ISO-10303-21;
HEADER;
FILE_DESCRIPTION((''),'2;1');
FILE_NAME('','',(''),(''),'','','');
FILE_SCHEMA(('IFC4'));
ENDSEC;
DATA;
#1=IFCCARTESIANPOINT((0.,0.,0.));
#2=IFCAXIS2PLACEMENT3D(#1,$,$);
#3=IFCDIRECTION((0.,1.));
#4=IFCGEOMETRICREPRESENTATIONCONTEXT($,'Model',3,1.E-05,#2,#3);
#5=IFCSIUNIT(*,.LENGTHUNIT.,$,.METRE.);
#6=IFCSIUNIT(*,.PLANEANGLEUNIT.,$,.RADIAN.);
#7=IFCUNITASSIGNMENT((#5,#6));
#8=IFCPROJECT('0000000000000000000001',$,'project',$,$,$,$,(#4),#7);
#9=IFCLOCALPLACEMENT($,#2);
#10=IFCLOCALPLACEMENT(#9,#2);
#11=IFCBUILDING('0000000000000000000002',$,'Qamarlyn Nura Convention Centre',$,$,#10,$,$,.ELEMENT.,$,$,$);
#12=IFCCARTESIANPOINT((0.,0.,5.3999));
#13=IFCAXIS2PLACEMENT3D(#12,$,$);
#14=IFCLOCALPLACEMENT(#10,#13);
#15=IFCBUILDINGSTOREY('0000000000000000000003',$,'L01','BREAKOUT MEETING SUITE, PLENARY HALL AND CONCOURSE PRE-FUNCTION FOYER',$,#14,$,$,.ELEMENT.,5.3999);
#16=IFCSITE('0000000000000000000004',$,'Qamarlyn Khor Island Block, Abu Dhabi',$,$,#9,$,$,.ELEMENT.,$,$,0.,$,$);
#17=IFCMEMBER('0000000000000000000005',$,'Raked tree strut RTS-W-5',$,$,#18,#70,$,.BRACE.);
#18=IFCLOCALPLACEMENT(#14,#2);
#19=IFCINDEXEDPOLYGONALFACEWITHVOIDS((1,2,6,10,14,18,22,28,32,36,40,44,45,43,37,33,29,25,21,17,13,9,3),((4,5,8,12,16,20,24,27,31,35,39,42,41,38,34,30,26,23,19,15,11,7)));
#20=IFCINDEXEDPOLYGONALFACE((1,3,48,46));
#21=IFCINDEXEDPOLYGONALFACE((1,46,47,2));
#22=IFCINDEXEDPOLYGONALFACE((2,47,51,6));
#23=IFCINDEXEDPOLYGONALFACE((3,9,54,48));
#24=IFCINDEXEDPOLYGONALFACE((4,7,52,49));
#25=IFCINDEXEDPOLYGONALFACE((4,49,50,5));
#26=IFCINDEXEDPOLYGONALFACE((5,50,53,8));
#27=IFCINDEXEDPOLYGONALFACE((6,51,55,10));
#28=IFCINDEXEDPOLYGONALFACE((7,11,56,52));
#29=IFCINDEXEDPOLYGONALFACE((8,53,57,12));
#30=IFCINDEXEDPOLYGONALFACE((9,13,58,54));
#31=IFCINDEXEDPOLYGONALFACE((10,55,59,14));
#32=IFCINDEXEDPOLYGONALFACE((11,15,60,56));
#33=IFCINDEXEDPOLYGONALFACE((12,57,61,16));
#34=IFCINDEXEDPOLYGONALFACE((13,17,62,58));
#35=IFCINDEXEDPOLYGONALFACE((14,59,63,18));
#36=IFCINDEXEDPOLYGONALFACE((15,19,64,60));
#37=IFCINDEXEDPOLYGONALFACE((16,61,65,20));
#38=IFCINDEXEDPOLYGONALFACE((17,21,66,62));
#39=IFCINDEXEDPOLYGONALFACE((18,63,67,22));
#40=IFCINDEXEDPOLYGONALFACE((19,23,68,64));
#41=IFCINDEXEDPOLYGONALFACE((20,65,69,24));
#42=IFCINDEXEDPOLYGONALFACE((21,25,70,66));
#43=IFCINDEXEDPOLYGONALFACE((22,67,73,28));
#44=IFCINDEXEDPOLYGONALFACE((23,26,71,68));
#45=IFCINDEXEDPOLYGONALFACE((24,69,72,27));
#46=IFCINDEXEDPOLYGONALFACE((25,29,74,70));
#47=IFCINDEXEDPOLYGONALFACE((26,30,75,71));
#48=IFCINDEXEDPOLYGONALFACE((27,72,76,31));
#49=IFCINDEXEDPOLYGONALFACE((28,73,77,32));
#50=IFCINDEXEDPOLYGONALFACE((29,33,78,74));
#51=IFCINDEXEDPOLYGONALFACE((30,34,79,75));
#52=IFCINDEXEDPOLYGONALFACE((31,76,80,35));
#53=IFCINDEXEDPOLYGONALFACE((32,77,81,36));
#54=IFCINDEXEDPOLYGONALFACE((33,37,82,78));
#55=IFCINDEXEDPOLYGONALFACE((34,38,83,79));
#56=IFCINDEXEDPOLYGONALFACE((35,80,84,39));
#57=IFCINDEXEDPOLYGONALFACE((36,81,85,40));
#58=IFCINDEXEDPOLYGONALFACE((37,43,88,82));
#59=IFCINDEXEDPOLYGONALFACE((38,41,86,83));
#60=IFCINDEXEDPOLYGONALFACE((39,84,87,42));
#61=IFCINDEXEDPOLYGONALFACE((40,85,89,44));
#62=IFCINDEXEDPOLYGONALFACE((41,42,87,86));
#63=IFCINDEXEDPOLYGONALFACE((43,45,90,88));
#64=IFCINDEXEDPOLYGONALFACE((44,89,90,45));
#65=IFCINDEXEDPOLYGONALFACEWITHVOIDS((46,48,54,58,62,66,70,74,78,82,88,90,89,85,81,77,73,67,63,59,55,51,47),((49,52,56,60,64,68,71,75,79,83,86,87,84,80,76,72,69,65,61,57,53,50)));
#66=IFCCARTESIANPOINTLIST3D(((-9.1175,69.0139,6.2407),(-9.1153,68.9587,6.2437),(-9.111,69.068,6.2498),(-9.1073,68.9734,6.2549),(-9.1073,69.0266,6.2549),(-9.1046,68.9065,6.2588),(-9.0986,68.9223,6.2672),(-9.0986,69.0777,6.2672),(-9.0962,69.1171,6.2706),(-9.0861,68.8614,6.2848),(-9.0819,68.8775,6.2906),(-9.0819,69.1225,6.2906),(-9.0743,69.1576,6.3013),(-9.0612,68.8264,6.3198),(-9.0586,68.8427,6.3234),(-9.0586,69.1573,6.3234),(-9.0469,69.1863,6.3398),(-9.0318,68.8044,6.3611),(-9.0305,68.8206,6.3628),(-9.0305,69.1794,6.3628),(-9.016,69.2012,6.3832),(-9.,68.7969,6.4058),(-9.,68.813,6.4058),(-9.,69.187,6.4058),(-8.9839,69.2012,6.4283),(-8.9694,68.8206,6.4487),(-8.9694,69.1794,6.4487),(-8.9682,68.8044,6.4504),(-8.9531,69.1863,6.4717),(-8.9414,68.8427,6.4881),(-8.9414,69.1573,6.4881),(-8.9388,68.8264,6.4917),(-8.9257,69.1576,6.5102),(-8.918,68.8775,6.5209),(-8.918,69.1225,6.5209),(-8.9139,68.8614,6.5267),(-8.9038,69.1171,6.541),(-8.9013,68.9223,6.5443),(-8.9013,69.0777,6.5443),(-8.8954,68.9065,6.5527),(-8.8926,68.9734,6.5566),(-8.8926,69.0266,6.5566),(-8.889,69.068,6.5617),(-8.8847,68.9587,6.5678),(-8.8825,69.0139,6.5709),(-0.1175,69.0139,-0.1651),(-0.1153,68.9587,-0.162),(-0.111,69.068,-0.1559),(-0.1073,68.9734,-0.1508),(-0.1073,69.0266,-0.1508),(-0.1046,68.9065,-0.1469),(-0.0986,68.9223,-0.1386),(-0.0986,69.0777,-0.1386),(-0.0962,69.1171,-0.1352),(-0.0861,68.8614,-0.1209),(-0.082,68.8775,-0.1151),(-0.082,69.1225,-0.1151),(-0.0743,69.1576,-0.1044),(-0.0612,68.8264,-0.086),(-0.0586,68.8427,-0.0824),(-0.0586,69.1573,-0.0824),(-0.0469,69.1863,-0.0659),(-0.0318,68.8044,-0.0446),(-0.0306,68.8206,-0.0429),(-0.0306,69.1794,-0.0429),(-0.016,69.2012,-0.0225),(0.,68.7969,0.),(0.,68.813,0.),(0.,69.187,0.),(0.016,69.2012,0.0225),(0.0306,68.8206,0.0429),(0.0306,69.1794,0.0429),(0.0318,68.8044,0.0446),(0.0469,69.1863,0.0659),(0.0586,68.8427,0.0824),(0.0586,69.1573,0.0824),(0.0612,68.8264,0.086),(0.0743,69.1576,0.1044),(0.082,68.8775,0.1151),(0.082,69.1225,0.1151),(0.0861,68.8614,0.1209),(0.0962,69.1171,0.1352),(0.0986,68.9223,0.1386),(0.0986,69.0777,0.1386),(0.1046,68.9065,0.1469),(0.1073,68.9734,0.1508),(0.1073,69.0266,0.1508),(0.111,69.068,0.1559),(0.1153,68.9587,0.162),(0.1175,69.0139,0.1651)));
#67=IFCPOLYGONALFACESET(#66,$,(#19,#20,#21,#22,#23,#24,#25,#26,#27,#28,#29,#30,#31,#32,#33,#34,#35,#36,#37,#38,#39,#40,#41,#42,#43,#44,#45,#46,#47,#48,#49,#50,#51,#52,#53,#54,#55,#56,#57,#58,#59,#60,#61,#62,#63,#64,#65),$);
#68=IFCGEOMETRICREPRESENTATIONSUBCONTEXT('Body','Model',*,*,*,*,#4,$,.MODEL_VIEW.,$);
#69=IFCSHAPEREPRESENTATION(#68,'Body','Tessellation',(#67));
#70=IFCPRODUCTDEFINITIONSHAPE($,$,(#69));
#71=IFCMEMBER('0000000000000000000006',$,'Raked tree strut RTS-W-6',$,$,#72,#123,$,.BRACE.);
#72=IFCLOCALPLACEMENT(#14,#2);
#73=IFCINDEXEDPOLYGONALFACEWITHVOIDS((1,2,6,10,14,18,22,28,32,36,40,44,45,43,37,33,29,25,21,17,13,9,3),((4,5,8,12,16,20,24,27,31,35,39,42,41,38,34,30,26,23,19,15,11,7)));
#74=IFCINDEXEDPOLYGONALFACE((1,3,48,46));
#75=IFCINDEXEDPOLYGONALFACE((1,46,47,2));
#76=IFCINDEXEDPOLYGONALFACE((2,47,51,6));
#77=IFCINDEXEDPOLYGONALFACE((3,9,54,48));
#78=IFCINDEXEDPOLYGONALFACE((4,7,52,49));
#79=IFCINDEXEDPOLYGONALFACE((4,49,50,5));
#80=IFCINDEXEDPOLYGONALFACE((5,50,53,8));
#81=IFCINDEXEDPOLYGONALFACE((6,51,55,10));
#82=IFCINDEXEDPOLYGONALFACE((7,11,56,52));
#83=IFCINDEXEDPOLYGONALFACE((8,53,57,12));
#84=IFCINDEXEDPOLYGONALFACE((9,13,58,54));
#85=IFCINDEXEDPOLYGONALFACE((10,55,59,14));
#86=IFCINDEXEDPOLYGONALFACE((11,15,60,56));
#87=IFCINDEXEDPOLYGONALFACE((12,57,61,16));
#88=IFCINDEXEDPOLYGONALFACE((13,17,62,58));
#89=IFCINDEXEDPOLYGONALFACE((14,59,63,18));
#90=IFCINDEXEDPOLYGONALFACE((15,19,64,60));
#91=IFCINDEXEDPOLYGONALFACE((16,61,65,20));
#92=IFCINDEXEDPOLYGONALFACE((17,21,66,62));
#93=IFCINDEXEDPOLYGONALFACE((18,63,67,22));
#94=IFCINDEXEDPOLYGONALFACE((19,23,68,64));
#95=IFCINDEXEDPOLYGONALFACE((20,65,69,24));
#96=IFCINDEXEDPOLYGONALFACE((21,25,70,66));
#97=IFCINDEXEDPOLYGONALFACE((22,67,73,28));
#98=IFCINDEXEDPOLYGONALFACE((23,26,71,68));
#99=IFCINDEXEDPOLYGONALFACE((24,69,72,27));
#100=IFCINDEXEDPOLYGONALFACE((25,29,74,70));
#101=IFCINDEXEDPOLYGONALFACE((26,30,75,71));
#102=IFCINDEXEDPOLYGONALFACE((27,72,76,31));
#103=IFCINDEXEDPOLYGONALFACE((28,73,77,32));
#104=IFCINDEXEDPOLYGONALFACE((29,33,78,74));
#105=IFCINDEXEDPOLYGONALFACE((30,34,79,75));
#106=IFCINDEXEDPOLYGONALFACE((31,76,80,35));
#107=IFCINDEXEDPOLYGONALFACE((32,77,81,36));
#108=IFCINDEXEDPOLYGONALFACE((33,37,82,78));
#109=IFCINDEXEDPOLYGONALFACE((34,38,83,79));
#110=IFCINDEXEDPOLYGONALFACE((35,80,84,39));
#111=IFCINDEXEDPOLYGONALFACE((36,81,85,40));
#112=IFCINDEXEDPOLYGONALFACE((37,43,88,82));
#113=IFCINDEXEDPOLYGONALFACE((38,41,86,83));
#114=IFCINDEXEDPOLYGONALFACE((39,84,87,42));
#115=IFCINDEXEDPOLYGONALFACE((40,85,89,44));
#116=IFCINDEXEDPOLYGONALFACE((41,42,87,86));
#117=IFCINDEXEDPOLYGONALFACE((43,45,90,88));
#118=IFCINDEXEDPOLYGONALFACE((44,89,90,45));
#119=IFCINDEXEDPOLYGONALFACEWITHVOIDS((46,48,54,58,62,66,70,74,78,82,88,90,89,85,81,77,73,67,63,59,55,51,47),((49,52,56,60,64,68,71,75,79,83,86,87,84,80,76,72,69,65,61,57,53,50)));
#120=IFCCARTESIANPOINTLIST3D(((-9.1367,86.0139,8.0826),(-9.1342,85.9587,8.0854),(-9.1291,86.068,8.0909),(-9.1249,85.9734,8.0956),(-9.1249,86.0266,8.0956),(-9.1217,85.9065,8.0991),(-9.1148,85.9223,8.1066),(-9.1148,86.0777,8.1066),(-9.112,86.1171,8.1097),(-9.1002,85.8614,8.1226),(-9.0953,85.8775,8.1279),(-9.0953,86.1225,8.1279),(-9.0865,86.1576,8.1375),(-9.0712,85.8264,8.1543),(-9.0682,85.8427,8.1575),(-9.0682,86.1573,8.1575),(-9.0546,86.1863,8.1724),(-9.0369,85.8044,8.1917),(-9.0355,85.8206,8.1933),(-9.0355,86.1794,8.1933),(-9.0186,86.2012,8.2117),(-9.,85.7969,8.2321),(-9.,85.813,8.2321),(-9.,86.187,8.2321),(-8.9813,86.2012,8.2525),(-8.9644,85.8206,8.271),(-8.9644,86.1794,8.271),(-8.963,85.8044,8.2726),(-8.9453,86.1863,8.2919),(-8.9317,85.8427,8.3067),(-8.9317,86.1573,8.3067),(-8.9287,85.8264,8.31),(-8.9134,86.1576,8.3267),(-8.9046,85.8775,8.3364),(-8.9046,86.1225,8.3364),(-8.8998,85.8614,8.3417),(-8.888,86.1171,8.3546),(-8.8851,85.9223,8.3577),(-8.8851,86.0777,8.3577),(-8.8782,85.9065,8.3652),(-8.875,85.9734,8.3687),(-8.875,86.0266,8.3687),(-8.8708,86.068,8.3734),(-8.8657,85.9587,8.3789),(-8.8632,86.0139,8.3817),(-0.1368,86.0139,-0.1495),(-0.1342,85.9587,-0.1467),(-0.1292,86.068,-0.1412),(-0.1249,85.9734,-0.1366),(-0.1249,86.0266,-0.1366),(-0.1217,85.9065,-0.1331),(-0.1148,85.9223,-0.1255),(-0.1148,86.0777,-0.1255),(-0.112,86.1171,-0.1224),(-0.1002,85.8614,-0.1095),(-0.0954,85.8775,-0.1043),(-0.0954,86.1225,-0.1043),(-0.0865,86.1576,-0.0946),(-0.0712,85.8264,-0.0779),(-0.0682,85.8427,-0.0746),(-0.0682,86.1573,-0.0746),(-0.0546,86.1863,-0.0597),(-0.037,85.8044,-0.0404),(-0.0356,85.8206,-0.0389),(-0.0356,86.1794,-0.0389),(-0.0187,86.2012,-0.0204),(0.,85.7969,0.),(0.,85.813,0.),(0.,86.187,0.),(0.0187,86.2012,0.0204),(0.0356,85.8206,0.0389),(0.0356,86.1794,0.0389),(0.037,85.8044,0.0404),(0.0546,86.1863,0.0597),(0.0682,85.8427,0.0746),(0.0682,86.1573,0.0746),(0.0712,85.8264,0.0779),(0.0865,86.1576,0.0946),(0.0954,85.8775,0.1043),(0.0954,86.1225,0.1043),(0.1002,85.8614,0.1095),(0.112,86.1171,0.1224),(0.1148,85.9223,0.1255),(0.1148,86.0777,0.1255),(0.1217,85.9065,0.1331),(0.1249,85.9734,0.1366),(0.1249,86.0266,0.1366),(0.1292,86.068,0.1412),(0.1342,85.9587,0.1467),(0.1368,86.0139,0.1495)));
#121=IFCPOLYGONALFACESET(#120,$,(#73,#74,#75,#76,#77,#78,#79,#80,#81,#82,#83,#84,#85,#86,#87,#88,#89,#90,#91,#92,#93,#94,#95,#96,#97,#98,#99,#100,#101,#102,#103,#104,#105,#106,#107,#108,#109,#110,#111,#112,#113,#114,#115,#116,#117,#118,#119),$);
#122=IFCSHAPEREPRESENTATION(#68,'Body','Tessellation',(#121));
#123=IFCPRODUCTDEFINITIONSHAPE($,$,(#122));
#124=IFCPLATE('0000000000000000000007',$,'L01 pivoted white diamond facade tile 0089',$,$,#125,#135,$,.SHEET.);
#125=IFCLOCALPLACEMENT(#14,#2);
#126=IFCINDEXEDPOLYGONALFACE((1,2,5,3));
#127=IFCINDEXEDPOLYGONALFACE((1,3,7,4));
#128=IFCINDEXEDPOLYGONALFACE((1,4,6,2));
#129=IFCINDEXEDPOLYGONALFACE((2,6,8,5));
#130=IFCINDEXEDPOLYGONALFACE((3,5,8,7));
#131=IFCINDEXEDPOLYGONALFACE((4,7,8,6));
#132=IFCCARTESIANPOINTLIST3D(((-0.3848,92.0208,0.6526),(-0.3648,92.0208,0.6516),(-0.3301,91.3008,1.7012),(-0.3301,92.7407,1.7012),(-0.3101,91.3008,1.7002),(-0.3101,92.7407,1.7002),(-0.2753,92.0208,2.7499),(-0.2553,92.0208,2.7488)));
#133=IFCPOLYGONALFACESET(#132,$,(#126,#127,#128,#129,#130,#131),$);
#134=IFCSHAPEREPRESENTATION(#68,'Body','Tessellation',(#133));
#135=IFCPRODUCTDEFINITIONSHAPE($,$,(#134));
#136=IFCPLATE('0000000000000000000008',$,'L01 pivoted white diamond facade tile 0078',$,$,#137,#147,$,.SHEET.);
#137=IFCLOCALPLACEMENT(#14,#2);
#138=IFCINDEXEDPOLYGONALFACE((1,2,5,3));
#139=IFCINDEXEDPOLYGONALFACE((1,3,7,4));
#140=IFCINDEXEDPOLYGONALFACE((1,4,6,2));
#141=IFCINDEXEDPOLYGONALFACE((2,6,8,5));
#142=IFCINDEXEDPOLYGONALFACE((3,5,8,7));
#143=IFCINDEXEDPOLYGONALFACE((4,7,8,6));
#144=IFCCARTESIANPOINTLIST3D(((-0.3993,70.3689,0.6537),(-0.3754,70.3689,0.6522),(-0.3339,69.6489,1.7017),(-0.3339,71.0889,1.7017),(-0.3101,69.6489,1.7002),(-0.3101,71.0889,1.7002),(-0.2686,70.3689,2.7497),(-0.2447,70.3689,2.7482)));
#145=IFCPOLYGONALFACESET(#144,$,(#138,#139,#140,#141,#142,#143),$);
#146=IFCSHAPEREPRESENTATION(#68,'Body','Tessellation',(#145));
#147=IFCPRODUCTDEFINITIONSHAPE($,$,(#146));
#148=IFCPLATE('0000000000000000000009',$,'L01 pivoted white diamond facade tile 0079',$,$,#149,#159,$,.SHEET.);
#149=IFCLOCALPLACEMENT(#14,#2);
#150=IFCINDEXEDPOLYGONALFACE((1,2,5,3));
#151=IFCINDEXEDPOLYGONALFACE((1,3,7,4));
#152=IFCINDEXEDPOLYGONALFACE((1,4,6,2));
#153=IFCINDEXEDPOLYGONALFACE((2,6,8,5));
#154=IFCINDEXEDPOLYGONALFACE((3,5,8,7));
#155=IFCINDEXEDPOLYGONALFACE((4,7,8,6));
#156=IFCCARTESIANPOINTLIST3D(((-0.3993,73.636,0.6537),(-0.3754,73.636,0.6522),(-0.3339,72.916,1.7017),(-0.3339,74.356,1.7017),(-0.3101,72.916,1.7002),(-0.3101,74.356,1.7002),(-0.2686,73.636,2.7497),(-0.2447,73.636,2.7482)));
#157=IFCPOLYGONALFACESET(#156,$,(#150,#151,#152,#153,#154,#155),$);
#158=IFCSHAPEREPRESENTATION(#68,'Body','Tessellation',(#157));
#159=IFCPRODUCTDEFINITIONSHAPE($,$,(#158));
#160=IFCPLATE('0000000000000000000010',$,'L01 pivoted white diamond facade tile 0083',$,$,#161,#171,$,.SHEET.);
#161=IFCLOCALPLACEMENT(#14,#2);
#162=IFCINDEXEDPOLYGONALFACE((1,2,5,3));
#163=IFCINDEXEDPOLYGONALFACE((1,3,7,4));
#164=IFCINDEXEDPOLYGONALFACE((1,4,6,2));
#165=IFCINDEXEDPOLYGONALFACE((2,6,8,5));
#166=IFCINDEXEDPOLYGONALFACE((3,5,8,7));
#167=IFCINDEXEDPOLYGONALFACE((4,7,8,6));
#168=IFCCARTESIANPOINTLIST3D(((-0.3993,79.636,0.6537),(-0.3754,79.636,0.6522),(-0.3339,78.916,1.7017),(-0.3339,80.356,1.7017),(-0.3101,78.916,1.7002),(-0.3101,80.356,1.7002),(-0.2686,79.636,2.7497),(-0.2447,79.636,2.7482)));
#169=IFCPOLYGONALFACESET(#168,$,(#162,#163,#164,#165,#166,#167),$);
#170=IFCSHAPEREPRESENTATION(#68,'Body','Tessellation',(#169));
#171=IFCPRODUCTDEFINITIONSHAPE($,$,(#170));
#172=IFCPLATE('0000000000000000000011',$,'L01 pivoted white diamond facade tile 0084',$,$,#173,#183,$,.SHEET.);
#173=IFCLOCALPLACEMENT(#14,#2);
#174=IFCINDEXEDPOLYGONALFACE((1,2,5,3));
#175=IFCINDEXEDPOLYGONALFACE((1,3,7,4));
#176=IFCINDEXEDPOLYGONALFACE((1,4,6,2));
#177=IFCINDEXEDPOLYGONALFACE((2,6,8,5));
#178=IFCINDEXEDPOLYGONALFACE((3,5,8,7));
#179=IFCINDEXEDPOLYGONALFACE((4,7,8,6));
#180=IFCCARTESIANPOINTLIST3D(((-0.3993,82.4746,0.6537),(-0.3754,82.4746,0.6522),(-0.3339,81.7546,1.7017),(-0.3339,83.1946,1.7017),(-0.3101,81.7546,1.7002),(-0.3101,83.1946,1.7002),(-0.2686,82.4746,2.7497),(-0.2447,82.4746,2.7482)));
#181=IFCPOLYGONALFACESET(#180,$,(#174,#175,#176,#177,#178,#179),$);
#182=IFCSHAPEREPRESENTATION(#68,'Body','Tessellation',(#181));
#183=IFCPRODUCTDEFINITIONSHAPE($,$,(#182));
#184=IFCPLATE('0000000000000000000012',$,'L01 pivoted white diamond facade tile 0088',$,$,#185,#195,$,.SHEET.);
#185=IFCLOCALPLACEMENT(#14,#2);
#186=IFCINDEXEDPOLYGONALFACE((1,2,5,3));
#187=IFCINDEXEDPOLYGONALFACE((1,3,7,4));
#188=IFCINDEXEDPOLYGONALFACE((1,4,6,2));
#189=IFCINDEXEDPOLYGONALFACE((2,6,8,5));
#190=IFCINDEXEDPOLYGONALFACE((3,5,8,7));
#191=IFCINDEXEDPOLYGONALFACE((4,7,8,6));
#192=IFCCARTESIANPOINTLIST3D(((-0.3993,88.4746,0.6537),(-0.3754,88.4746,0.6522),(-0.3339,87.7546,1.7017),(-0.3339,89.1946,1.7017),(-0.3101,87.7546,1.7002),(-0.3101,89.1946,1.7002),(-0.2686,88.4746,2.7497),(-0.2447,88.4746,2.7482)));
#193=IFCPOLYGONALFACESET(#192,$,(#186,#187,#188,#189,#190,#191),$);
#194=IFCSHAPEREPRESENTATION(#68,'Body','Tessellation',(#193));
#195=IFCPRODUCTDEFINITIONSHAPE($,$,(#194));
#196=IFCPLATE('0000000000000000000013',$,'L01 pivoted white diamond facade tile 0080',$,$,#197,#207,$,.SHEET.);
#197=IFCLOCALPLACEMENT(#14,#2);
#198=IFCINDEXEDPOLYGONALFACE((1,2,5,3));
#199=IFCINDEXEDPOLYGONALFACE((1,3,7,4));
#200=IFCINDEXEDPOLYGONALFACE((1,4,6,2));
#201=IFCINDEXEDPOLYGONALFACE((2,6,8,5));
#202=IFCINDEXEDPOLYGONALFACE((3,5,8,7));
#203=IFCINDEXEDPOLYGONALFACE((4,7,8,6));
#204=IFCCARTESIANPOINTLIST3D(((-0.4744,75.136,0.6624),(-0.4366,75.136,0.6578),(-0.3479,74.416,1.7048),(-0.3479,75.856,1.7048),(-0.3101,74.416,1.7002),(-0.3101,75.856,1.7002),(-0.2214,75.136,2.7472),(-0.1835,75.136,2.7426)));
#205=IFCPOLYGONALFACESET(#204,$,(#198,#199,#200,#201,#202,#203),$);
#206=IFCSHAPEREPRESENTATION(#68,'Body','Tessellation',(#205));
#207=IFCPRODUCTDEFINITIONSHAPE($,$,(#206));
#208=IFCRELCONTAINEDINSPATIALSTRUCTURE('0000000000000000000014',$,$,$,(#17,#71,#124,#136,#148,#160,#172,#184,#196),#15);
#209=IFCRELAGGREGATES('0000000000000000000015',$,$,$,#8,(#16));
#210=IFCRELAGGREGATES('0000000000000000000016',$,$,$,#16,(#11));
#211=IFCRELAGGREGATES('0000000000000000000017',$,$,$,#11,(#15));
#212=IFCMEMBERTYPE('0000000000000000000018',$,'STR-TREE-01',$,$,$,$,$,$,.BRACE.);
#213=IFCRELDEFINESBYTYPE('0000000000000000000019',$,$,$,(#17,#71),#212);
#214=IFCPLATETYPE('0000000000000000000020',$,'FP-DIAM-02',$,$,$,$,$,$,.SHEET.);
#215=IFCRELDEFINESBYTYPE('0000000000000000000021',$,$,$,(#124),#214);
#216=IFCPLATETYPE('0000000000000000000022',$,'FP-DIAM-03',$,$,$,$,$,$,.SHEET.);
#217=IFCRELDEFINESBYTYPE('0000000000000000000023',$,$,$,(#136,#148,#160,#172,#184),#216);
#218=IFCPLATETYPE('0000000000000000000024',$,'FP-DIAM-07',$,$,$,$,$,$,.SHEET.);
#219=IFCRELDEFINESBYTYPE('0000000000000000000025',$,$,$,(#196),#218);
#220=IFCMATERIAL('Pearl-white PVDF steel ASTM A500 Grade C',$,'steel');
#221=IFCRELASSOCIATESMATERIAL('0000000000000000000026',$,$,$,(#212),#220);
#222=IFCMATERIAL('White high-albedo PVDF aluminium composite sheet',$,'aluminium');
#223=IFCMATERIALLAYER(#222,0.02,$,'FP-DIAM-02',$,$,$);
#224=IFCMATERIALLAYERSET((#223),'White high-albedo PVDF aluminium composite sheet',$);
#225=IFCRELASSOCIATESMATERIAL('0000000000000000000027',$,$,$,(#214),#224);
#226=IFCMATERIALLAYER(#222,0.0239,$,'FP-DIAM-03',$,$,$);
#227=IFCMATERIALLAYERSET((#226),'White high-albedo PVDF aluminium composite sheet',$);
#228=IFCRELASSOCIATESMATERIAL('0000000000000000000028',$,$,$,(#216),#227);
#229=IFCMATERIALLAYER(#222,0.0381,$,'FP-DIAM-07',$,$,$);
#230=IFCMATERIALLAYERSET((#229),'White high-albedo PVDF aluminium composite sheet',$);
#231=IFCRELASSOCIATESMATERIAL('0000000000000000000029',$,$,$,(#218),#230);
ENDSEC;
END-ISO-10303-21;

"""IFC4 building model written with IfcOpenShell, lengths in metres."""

from ifc_helpers import new_model, si_unit, direction, frame, origin, origin_2d, place, context, subcontext, project, spatial, polyline, hollow_circle, outline, extrude, material, layer, layer_set, material_profile, profile_set, type_object, element, save


model = new_model("IFC4")

# Units and contexts
model_context = context("Model", 3, precision=1e-05, world=origin(), true_north=direction((0.0, 1.0)))
body_context = subcontext(model_context, "Body", "Model", "MODEL_VIEW")
ifc_project = project(units=[si_unit("LENGTHUNIT", "METRE"), si_unit("PLANEANGLEUNIT", "RADIAN")], contexts=[model_context])

# Site, building, storey
site_placement = place(None, origin())
site = spatial("IfcSite", under=ifc_project, at=site_placement, Name="Qamarlyn Khor Island Block, Abu Dhabi", CompositionType="ELEMENT", RefElevation=0.0)
building_placement = place(site_placement, origin())
building = spatial("IfcBuilding", under=site, at=building_placement, Name="Qamarlyn Nura Convention Centre", CompositionType="ELEMENT")
storey_placement = place(building_placement, frame((0.0, 0.0, 5.3999)))
storey = spatial("IfcBuildingStorey", under=building, at=storey_placement, Name="L01", Description="BREAKOUT MEETING SUITE, PLENARY HALL AND CONCOURSE PRE-FUNCTION FOYER", CompositionType="ELEMENT", Elevation=5.3999)

# Shared definitions
ifc_material_1 = material(Name="Pearl-white PVDF steel ASTM A500 Grade C", Category="steel")

# Members
ifc_material_profile_1 = material_profile(ifc_material_1, hollow_circle(Radius=0.2031, WallThickness=0.0161, at=origin_2d()), Name="CHS406.4X16")
ifc_profile_set_1 = profile_set([ifc_material_profile_1], Name="Pearl-white PVDF steel ASTM A500 Grade C")
member_type_1 = type_object("IfcMemberType", Name="STR-TREE-01", PredefinedType="BRACE", material=ifc_profile_set_1)
member_1_placement = place(storey_placement, frame((0.0, 69.0, 0.0), z_axis=(-0.814709, 0.0, 0.57987), x_axis=(0.0, -1.0, 0.0)))
element("IfcMember", 1, at=member_1_placement, inside=storey, type_object=member_type_1, Name="Raked tree strut RTS-W-5", PredefinedType="BRACE", context=body_context, shape_type="SweptSolid", body=[
    extrude(hollow_circle(Radius=0.2031, WallThickness=0.0161, at=origin_2d()), origin(), (0.0, 0.0, 1.0), 11.0469),
])
member_2_placement = place(storey_placement, frame((0.0, 86.0, 0.0), z_axis=(-0.737882, 0.0, 0.67493), x_axis=(0.0, -1.0, 0.0)))
element("IfcMember", 2, at=member_2_placement, inside=storey, type_object=member_type_1, Name="Raked tree strut RTS-W-6", PredefinedType="BRACE", context=body_context, shape_type="SweptSolid", body=[
    extrude(hollow_circle(Radius=0.2031, WallThickness=0.0161, at=origin_2d()), origin(), (0.0, 0.0, 1.0), 12.197),
])

# Plates
ifc_material_2 = material(Name="White high-albedo PVDF aluminium composite sheet", Category="aluminium")
ifc_layer_1 = layer(ifc_material_2, 0.02, Name="FP-DIAM-02")
ifc_layer_set_1 = layer_set([ifc_layer_1], Name="White high-albedo PVDF aluminium composite sheet")
plate_type_1 = type_object("IfcPlateType", Name="FP-DIAM-02", PredefinedType="SHEET", material=ifc_layer_set_1)
plate_1_placement = place(storey_placement, frame((-0.3101, 92.0208, 1.7002), z_axis=(-0.998639, 0.0, 0.052162), x_axis=(0.0, -1.0, 0.0)))
element("IfcPlate", 3, at=plate_1_placement, inside=storey, type_object=plate_type_1, Name="L01 pivoted white diamond facade tile 0089", PredefinedType="SHEET", context=body_context, shape_type="SweptSolid", body=[
    extrude(outline(polyline([(-0.72, 0.0), (0.0, -1.05), (0.72, 0.0), (0.0, 1.05), (-0.72, 0.0)])), origin(), (0.0, 0.0, 1.0), 0.02),
])
ifc_layer_2 = layer(ifc_material_2, 0.0239, Name="FP-DIAM-03")
ifc_layer_set_2 = layer_set([ifc_layer_2], Name="White high-albedo PVDF aluminium composite sheet")
plate_type_2 = type_object("IfcPlateType", Name="FP-DIAM-03", PredefinedType="SHEET", material=ifc_layer_set_2)
for number, where, z_axis, x_axis, name in (
    (4, (-0.3101, 70.3689, 1.7002), (-0.998059, 0.0, 0.062268), (0.0, -1.0, 0.0), "L01 pivoted white diamond facade tile 0078"),
    (5, (-0.3101, 73.636, 1.7002), (-0.998059, 0.0, 0.062268), (0.0, -1.0, 0.0), "L01 pivoted white diamond facade tile 0079"),
    (6, (-0.3101, 79.636, 1.7002), (-0.998059, 0.0, 0.062268), (0.0, -1.0, 0.0), "L01 pivoted white diamond facade tile 0083"),
    (7, (-0.3101, 82.4746, 1.7002), (-0.998059, 0.0, 0.062268), (0.0, -1.0, 0.0), "L01 pivoted white diamond facade tile 0084"),
    (8, (-0.3101, 88.4746, 1.7002), (-0.998059, 0.0, 0.062268), (0.0, -1.0, 0.0), "L01 pivoted white diamond facade tile 0088"),
):
    element("IfcPlate", number, at=place(storey_placement, frame(where, z_axis=z_axis, x_axis=x_axis)), inside=storey, type_object=plate_type_2, Name=name, PredefinedType="SHEET", context=body_context, shape_type="SweptSolid", body=[
        extrude(outline(polyline([(-0.72, 0.0), (0.0, -1.05), (0.72, 0.0), (0.0, 1.05), (-0.72, 0.0)])), origin(), (0.0, 0.0, 1.0), 0.0239),
    ])
ifc_layer_3 = layer(ifc_material_2, 0.0381, Name="FP-DIAM-07")
ifc_layer_set_3 = layer_set([ifc_layer_3], Name="White high-albedo PVDF aluminium composite sheet")
plate_type_3 = type_object("IfcPlateType", Name="FP-DIAM-07", PredefinedType="SHEET", material=ifc_layer_set_3)
for number, where, z_axis, x_axis, name in (
    (9, (-0.3101, 75.136, 1.7002), (-0.992715, 0.0, 0.120483), (0.0, -1.0, 0.0), "L01 pivoted white diamond facade tile 0080"),
):
    element("IfcPlate", number, at=place(storey_placement, frame(where, z_axis=z_axis, x_axis=x_axis)), inside=storey, type_object=plate_type_3, Name=name, PredefinedType="SHEET", context=body_context, shape_type="SweptSolid", body=[
        extrude(outline(polyline([(-0.72, 0.0), (0.0, -1.05), (0.72, 0.0), (0.0, 1.05), (-0.72, 0.0)])), origin(), (0.0, 0.0, 1.0), 0.0381),
    ])

save(model, "model.ifc")
